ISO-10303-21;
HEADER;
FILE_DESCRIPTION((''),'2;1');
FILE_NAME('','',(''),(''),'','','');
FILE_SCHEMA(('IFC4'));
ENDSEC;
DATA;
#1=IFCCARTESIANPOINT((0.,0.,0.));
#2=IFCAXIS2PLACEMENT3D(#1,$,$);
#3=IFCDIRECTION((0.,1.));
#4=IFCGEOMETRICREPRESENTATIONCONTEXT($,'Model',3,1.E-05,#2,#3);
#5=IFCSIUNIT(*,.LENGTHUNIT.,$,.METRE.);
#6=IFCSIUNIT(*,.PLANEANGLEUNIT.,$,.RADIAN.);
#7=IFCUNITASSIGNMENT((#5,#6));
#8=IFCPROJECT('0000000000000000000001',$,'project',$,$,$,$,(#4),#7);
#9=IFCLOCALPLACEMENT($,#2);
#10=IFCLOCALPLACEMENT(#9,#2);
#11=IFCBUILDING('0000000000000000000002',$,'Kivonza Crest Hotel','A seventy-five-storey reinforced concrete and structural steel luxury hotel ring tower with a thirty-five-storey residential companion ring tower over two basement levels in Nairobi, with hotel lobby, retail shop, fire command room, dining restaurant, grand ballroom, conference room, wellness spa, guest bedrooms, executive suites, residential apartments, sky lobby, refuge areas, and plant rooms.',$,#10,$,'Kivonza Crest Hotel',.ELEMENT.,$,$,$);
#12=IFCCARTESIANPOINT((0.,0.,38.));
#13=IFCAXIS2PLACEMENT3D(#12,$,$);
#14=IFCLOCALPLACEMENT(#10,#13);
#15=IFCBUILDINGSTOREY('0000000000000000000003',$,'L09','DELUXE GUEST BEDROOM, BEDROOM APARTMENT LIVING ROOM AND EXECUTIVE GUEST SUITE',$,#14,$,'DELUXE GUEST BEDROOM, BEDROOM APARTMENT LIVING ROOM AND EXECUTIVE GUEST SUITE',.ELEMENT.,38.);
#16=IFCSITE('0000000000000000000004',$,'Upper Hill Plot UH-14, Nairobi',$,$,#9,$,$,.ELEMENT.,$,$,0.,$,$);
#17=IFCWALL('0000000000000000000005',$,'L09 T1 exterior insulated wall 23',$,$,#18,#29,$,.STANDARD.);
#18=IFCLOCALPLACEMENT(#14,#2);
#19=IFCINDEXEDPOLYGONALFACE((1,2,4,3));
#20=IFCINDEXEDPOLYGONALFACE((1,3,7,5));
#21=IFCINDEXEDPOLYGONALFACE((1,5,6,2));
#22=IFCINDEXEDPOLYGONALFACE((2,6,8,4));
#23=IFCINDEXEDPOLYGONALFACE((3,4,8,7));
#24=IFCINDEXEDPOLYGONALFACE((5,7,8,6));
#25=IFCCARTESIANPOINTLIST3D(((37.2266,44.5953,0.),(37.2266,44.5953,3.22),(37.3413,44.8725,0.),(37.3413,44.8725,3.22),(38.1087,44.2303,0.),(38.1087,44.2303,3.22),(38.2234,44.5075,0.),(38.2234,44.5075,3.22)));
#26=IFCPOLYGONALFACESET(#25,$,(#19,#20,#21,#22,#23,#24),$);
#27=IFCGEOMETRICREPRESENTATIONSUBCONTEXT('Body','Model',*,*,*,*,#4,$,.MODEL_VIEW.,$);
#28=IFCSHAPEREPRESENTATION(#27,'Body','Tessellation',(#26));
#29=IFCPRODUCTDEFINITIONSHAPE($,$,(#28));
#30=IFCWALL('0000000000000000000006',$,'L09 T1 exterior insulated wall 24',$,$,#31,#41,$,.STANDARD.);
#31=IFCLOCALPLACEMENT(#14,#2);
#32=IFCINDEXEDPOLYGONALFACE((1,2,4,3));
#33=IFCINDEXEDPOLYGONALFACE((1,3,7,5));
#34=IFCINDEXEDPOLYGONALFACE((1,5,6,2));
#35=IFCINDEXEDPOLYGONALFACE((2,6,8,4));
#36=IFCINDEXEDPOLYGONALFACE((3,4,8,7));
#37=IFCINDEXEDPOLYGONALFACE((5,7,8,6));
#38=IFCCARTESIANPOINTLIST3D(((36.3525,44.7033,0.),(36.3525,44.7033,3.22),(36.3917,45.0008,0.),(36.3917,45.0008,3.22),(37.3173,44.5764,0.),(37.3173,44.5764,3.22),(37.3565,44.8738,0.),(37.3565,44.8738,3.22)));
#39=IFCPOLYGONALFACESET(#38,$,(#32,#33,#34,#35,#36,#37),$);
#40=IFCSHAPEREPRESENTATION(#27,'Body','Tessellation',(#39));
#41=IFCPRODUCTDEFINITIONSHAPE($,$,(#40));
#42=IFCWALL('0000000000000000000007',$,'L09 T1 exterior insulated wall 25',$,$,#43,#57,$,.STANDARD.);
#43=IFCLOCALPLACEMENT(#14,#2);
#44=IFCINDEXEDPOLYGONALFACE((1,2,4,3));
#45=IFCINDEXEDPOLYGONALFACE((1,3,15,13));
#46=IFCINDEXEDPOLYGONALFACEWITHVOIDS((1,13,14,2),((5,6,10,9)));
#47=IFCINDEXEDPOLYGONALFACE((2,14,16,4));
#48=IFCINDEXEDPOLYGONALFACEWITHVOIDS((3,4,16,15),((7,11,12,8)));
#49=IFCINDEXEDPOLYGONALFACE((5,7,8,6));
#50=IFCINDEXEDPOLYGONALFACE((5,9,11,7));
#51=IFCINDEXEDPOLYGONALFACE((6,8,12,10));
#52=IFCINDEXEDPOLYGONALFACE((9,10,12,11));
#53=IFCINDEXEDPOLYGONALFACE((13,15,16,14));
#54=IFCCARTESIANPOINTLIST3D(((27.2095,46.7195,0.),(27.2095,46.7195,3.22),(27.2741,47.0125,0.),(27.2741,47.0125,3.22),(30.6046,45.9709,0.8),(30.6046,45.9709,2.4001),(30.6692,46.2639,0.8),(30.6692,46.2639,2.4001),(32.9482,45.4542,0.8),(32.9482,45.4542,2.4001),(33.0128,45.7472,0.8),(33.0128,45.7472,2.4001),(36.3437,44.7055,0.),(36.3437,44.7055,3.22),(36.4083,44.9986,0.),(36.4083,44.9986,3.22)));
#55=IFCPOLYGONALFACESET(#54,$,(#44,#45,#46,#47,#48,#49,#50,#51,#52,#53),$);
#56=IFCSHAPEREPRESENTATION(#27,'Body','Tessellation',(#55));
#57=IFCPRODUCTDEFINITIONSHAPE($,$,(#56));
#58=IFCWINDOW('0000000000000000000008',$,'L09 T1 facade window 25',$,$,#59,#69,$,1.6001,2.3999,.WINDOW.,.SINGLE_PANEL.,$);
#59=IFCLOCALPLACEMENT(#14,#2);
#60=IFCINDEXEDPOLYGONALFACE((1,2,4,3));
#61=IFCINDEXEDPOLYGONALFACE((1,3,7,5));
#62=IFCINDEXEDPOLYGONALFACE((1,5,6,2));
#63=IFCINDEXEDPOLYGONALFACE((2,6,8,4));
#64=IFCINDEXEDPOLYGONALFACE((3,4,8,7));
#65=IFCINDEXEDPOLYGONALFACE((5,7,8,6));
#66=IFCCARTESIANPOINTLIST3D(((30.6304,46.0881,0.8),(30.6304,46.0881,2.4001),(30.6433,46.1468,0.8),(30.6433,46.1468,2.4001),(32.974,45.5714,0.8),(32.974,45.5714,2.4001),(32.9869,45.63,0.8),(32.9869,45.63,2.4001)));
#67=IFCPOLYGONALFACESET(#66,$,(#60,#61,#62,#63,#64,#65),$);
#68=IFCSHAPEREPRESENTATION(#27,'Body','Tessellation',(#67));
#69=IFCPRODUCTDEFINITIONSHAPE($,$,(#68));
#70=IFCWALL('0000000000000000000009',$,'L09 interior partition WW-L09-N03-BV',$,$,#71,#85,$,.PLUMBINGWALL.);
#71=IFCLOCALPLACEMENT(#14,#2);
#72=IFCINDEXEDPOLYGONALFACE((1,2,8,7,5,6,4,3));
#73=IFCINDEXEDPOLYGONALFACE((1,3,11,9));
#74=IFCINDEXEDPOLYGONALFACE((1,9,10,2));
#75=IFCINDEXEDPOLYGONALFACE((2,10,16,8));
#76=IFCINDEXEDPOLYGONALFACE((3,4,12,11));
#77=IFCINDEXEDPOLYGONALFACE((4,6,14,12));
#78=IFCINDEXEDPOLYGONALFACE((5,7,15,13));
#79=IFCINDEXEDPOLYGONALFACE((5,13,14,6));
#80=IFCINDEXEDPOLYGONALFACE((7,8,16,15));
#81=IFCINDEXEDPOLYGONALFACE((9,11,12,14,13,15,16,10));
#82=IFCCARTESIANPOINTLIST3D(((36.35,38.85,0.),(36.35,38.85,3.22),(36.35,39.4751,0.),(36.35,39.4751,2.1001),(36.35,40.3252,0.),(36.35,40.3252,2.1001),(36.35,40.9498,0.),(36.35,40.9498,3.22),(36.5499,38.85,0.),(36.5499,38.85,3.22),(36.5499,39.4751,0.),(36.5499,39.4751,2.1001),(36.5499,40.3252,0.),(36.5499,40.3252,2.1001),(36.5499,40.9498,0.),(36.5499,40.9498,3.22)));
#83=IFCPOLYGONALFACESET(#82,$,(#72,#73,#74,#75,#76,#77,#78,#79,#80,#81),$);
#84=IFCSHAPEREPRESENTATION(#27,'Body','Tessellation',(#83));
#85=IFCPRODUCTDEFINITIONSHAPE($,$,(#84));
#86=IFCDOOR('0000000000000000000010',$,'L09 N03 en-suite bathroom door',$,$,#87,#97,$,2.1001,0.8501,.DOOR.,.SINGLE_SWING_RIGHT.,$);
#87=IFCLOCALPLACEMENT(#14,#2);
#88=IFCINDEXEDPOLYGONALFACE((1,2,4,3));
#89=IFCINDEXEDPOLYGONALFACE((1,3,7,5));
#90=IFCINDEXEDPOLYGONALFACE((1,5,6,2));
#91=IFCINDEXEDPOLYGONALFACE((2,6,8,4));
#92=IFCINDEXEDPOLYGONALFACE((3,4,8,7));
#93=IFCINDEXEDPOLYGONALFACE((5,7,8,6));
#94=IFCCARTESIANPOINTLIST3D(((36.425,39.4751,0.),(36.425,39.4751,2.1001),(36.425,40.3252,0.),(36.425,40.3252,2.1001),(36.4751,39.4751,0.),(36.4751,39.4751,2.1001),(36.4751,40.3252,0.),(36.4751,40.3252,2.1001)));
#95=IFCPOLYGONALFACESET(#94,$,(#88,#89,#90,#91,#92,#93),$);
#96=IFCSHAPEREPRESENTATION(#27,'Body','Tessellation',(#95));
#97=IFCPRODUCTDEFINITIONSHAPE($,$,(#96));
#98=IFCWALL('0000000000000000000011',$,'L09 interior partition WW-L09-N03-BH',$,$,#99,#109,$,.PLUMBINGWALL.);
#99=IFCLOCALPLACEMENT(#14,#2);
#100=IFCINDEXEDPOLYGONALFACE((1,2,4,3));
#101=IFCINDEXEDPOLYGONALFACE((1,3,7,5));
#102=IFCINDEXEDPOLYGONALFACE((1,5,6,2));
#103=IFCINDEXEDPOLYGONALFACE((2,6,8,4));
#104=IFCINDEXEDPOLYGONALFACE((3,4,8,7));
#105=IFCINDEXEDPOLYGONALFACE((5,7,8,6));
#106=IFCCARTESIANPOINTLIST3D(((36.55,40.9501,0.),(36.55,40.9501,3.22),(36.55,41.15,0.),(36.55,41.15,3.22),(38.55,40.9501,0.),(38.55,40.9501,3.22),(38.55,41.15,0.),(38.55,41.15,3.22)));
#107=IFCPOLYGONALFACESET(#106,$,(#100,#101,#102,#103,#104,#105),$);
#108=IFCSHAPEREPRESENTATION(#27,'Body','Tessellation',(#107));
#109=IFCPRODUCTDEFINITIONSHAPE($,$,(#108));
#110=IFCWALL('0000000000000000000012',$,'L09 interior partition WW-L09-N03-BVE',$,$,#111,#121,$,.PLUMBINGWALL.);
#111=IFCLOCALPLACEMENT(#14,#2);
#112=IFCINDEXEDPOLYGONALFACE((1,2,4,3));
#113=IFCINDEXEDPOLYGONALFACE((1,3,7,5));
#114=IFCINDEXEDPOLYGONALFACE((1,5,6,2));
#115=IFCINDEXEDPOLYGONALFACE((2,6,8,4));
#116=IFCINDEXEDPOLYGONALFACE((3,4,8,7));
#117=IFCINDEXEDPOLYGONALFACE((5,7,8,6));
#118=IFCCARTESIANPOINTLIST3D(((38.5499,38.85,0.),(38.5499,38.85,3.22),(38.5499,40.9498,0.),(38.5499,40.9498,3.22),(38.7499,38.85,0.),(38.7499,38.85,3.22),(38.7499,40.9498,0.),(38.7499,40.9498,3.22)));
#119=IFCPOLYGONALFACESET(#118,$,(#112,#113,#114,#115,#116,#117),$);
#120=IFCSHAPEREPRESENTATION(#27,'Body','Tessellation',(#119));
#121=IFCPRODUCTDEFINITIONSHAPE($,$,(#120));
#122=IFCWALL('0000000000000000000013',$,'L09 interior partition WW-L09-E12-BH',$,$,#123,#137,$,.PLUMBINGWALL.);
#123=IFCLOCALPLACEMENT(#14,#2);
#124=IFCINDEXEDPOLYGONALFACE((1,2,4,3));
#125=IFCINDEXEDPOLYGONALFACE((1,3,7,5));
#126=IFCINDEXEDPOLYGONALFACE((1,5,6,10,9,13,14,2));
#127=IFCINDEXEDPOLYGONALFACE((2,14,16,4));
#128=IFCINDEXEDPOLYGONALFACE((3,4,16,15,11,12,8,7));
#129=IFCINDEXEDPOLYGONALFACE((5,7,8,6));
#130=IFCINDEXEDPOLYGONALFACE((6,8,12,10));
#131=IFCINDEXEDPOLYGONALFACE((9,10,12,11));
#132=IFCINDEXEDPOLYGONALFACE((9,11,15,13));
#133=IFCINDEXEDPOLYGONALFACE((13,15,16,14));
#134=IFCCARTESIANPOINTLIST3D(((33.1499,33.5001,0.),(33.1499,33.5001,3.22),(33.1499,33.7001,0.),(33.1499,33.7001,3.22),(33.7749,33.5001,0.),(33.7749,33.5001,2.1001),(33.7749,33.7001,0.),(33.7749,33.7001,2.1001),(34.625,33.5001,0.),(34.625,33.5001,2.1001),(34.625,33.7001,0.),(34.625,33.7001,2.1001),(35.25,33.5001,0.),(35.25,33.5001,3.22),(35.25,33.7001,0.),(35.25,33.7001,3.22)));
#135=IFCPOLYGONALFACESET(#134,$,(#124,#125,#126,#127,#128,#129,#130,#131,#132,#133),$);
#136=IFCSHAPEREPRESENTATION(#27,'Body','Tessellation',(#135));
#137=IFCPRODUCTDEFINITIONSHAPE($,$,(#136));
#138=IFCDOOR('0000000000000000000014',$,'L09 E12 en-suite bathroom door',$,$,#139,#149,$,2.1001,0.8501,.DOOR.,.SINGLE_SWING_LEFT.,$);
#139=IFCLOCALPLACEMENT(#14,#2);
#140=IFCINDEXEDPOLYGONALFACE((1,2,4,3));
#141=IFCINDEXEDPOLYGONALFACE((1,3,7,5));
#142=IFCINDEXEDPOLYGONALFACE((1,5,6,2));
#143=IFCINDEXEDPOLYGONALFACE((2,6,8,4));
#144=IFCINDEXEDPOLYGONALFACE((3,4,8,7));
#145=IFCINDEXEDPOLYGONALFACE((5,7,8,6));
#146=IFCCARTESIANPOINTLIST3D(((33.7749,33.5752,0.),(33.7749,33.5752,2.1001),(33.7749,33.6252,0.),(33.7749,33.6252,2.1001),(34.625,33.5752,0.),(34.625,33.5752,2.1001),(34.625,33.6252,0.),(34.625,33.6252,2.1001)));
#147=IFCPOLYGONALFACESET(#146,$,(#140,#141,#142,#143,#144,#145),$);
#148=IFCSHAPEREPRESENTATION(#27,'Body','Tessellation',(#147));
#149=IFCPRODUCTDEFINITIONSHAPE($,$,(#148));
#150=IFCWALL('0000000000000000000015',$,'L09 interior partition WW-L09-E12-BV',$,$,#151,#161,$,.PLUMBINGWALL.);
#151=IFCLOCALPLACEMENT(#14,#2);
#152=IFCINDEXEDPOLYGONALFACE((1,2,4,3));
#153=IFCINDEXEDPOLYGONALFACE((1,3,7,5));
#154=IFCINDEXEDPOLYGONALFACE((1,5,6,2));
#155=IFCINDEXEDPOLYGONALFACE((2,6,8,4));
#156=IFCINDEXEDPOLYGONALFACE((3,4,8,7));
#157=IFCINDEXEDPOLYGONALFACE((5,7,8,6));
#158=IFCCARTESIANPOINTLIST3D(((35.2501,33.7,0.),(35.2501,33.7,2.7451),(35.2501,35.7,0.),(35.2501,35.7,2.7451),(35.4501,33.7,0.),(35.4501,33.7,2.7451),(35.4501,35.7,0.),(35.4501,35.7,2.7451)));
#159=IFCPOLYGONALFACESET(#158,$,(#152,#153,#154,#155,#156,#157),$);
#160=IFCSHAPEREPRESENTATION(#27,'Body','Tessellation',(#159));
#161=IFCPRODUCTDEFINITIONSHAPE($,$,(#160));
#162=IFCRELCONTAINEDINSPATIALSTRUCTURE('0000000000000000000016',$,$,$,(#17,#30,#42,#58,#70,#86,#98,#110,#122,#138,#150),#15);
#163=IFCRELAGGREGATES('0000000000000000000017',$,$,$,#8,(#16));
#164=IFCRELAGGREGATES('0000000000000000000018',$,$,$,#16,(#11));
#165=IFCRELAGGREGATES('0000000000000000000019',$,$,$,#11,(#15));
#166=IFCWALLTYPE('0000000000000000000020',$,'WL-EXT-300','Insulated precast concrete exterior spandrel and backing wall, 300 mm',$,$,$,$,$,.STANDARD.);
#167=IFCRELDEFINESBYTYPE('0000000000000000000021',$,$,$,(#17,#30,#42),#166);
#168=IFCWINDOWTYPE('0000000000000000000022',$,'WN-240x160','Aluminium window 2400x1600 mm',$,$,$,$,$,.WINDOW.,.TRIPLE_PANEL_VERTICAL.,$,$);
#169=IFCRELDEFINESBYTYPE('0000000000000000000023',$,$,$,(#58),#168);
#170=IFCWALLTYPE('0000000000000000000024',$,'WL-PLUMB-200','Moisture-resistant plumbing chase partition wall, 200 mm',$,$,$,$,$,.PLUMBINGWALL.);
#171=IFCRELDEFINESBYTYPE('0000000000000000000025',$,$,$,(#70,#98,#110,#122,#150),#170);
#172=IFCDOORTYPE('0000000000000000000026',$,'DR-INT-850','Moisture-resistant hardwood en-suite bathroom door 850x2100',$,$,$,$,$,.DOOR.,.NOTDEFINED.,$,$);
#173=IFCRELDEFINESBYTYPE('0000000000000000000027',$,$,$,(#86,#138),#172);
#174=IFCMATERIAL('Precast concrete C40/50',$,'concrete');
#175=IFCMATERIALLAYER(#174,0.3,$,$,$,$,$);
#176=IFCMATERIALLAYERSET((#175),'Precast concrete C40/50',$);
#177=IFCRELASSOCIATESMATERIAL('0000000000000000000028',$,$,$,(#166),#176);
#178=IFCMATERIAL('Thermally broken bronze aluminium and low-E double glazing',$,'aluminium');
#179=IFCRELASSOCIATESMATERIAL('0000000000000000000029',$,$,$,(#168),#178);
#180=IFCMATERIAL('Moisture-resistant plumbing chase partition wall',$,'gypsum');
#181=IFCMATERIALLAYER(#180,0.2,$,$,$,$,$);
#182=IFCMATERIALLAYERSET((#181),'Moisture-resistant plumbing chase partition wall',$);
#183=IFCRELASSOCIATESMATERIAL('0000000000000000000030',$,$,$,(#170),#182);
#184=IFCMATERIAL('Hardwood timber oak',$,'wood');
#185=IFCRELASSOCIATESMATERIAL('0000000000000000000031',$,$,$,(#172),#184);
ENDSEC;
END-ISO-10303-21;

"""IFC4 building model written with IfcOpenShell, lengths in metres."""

from ifc_helpers import new_model, si_unit, direction, frame, frame_2d, origin, place, context, subcontext, project, spatial, rectangle, extrude, material, layer, layer_set, type_object, element, fill, save


model = new_model("IFC4")

# Units and contexts
model_context = context("Model", 3, precision=1e-05, world=origin(), true_north=direction((0.0, 1.0)))
body_context = subcontext(model_context, "Body", "Model", "MODEL_VIEW")
ifc_project = project(units=[si_unit("LENGTHUNIT", "METRE"), si_unit("PLANEANGLEUNIT", "RADIAN")], contexts=[model_context])

# Site, building, storey
site_placement = place(None, origin())
site = spatial("IfcSite", under=ifc_project, at=site_placement, Name="Upper Hill Plot UH-14, Nairobi", CompositionType="ELEMENT", RefElevation=0.0)
building_placement = place(site_placement, origin())
building = spatial("IfcBuilding", under=site, at=building_placement, Name="Kivonza Crest Hotel", Description="A seventy-five-storey reinforced concrete and structural steel luxury hotel ring tower with a thirty-five-storey residential companion ring tower over two basement levels in Nairobi, with hotel lobby, retail shop, fire command room, dining restaurant, grand ballroom, conference room, wellness spa, guest bedrooms, executive suites, residential apartments, sky lobby, refuge areas, and plant rooms.", LongName="Kivonza Crest Hotel", CompositionType="ELEMENT")
storey_placement = place(building_placement, frame((0.0, 0.0, 38.0)))
storey = spatial("IfcBuildingStorey", under=building, at=storey_placement, Name="L09", Description="DELUXE GUEST BEDROOM, BEDROOM APARTMENT LIVING ROOM AND EXECUTIVE GUEST SUITE", LongName="DELUXE GUEST BEDROOM, BEDROOM APARTMENT LIVING ROOM AND EXECUTIVE GUEST SUITE", CompositionType="ELEMENT", Elevation=38.0)

# Walls
ifc_material_1 = material(Name="Precast concrete C40/50", Category="concrete")
ifc_layer_1 = layer(ifc_material_1, 0.3)
ifc_layer_set_1 = layer_set([ifc_layer_1], Name="Precast concrete C40/50")
wall_type_1 = type_object("IfcWallType", Name="WL-EXT-300", Description="Insulated precast concrete exterior spandrel and backing wall, 300 mm", PredefinedType="STANDARD", material=ifc_layer_set_1)
wall_1_placement = place(storey_placement, frame((38.166, 44.3689, 0.0), z_axis=(0.0, 0.0, 1.0), x_axis=(-0.92402, 0.382344, 0.0)))
element("IfcWall", 1, at=wall_1_placement, inside=storey, type_object=wall_type_1, Name="L09 T1 exterior insulated wall 23", PredefinedType="STANDARD", context=body_context, shape_type="SweptSolid", body=[
    extrude(rectangle(XDim=0.9546, YDim=0.3, at=frame_2d((0.4773, 0.0))), origin(), (0.0, 0.0, 1.0), 3.22),
])
wall_2_placement = place(storey_placement, frame((37.3369, 44.7251, 0.0), z_axis=(0.0, 0.0, 1.0), x_axis=(-0.991454, 0.130455, 0.0)))
element("IfcWall", 2, at=wall_2_placement, inside=storey, type_object=wall_type_1, Name="L09 T1 exterior insulated wall 24", PredefinedType="STANDARD", context=body_context, shape_type="SweptSolid", body=[
    extrude(rectangle(XDim=0.9731, YDim=0.3, at=frame_2d((0.4866, 0.0))), origin(), (0.0, 0.0, 1.0), 3.22),
])

# Wall, opening, window
wall_3_placement = place(storey_placement, frame((36.376, 44.8521, 0.0), z_axis=(0.0, 0.0, 1.0), x_axis=(-0.976545, 0.215313, 0.0)))
wall_3 = element("IfcWall", 3, at=wall_3_placement, inside=storey, type_object=wall_type_1, Name="L09 T1 exterior insulated wall 25", PredefinedType="STANDARD", context=body_context, shape_type="SweptSolid", body=[
    extrude(rectangle(XDim=9.3535, YDim=0.3, at=frame_2d((4.6768, 0.0))), origin(), (0.0, 0.0, 1.0), 3.22),
])
opening_1_placement = place(wall_3_placement, frame((3.4771, 0.0, 0.8)))
opening_1 = element("IfcOpeningElement", 4, at=opening_1_placement, cuts=wall_3, PredefinedType="OPENING", context=body_context, shape_type="SweptSolid", body=[
    extrude(rectangle(XDim=2.3999, YDim=1.6001, at=frame_2d((1.2, 0.8))), frame((0.0, 0.1602, 0.0), z_axis=(0.0, -1.0, 0.0), x_axis=(1.0, 0.0, 0.0)), (0.0, 0.0, 1.0), 0.3201),
])
ifc_material_2 = material(Name="Thermally broken bronze aluminium and low-E double glazing", Category="aluminium")
window_type = type_object("IfcWindowType", Name="WN-240x160", Description="Aluminium window 2400x1600 mm", PartitioningType="TRIPLE_PANEL_VERTICAL", PredefinedType="WINDOW", material=ifc_material_2)
window_placement = place(opening_1_placement, origin())
window = element("IfcWindow", 5, at=window_placement, inside=storey, type_object=window_type, Name="L09 T1 facade window 25", OverallHeight=1.6001, OverallWidth=2.3999, PartitioningType="SINGLE_PANEL", PredefinedType="WINDOW", context=body_context, shape_type="SweptSolid", body=[
    extrude(rectangle(XDim=2.3999, YDim=1.6001, at=frame_2d((1.2, 0.8))), frame((0.0, 0.03, 0.0), z_axis=(0.0, -1.0, 0.0), x_axis=(1.0, 0.0, 0.0)), (0.0, 0.0, 1.0), 0.0601),
])
fill(opening_1, window)

# Wall, opening, door
ifc_material_3 = material(Name="Moisture-resistant plumbing chase partition wall", Category="gypsum")
ifc_layer_2 = layer(ifc_material_3, 0.2)
ifc_layer_set_2 = layer_set([ifc_layer_2], Name="Moisture-resistant plumbing chase partition wall")
wall_type_2 = type_object("IfcWallType", Name="WL-PLUMB-200", Description="Moisture-resistant plumbing chase partition wall, 200 mm", PredefinedType="PLUMBINGWALL", material=ifc_layer_set_2)
wall_4_placement = place(storey_placement, frame((36.45, 38.8501, 0.0), z_axis=(0.0, 0.0, 1.0), x_axis=(0.0, 1.0, 0.0)))
wall_4 = element("IfcWall", 6, at=wall_4_placement, inside=storey, type_object=wall_type_2, Name="L09 interior partition WW-L09-N03-BV", PredefinedType="PLUMBINGWALL", context=body_context, shape_type="SweptSolid", body=[
    extrude(rectangle(XDim=2.0999, YDim=0.2, at=frame_2d((1.0498, 0.0))), origin(), (0.0, 0.0, 1.0), 3.22),
])
opening_2_placement = place(wall_4_placement, frame((0.625, 0.0, 0.0)))
opening_2 = element("IfcOpeningElement", 7, at=opening_2_placement, cuts=wall_4, PredefinedType="OPENING", context=body_context, shape_type="SweptSolid", body=[
    extrude(rectangle(XDim=0.8501, YDim=2.1001, at=frame_2d((0.425, 1.05))), frame((0.0, 0.1099, 0.0), z_axis=(0.0, -1.0, 0.0), x_axis=(1.0, 0.0, 0.0)), (0.0, 0.0, 1.0), 0.22),
])
ifc_material_4 = material(Name="Hardwood timber oak", Category="wood")
door_type = type_object("IfcDoorType", Name="DR-INT-850", Description="Moisture-resistant hardwood en-suite bathroom door 850x2100", OperationType="NOTDEFINED", PredefinedType="DOOR", material=ifc_material_4)
door_1_placement = place(opening_2_placement, origin())
door_1 = element("IfcDoor", 8, at=door_1_placement, inside=storey, type_object=door_type, Name="L09 N03 en-suite bathroom door", OperationType="SINGLE_SWING_RIGHT", OverallHeight=2.1001, OverallWidth=0.8501, PredefinedType="DOOR", context=body_context, shape_type="SweptSolid", body=[
    extrude(rectangle(XDim=0.8501, YDim=2.1001, at=frame_2d((0.425, 1.05))), frame((0.0, 0.0249, 0.0), z_axis=(0.0, -1.0, 0.0), x_axis=(1.0, 0.0, 0.0)), (0.0, 0.0, 1.0), 0.05),
])
fill(opening_2, door_1)

# Walls
wall_5_placement = place(storey_placement, frame((36.55, 41.05, 0.0), z_axis=(0.0, 0.0, 1.0), x_axis=(1.0, 0.0, 0.0)))
element("IfcWall", 9, at=wall_5_placement, inside=storey, type_object=wall_type_2, Name="L09 interior partition WW-L09-N03-BH", PredefinedType="PLUMBINGWALL", context=body_context, shape_type="SweptSolid", body=[
    extrude(rectangle(XDim=2.0, YDim=0.2, at=frame_2d((1.0, 0.0))), origin(), (0.0, 0.0, 1.0), 3.22),
])
wall_6_placement = place(storey_placement, frame((38.6499, 38.8501, 0.0), z_axis=(0.0, 0.0, 1.0), x_axis=(0.0, 1.0, 0.0)))
element("IfcWall", 10, at=wall_6_placement, inside=storey, type_object=wall_type_2, Name="L09 interior partition WW-L09-N03-BVE", PredefinedType="PLUMBINGWALL", context=body_context, shape_type="SweptSolid", body=[
    extrude(rectangle(XDim=2.0999, YDim=0.2, at=frame_2d((1.0498, 0.0))), origin(), (0.0, 0.0, 1.0), 3.22),
])

# Wall, opening, door
wall_7_placement = place(storey_placement, frame((33.1499, 33.6001, 0.0), z_axis=(0.0, 0.0, 1.0), x_axis=(1.0, 0.0, 0.0)))
wall_7 = element("IfcWall", 11, at=wall_7_placement, inside=storey, type_object=wall_type_2, Name="L09 interior partition WW-L09-E12-BH", PredefinedType="PLUMBINGWALL", context=body_context, shape_type="SweptSolid", body=[
    extrude(rectangle(XDim=2.1001, YDim=0.2, at=frame_2d((1.05, 0.0))), origin(), (0.0, 0.0, 1.0), 3.22),
])
opening_3_placement = place(wall_7_placement, frame((0.625, 0.0, 0.0)))
opening_3 = element("IfcOpeningElement", 12, at=opening_3_placement, cuts=wall_7, PredefinedType="OPENING", context=body_context, shape_type="SweptSolid", body=[
    extrude(rectangle(XDim=0.8501, YDim=2.1001, at=frame_2d((0.425, 1.05))), frame((0.0, 0.1099, 0.0), z_axis=(0.0, -1.0, 0.0), x_axis=(1.0, 0.0, 0.0)), (0.0, 0.0, 1.0), 0.22),
])
door_2_placement = place(opening_3_placement, frame((0.8501, 0.0, 0.0), z_axis=(0.0, 0.0, 1.0), x_axis=(-1.0, 0.0, 0.0)))
door_2 = element("IfcDoor", 13, at=door_2_placement, inside=storey, type_object=door_type, Name="L09 E12 en-suite bathroom door", OperationType="SINGLE_SWING_LEFT", OverallHeight=2.1001, OverallWidth=0.8501, PredefinedType="DOOR", context=body_context, shape_type="SweptSolid", body=[
    extrude(rectangle(XDim=0.8501, YDim=2.1001, at=frame_2d((0.425, 1.05))), frame((0.0, 0.0249, 0.0), z_axis=(0.0, -1.0, 0.0), x_axis=(1.0, 0.0, 0.0)), (0.0, 0.0, 1.0), 0.05),
])
fill(opening_3, door_2)

# Wall
wall_8_placement = place(storey_placement, frame((35.3501, 33.7, 0.0), z_axis=(0.0, 0.0, 1.0), x_axis=(0.0, 1.0, 0.0)))
element("IfcWall", 14, at=wall_8_placement, inside=storey, type_object=wall_type_2, Name="L09 interior partition WW-L09-E12-BV", PredefinedType="PLUMBINGWALL", context=body_context, shape_type="SweptSolid", body=[
    extrude(rectangle(XDim=2.0, YDim=0.2, at=frame_2d((1.0, 0.0))), origin(), (0.0, 0.0, 1.0), 2.7451),
])

save(model, "model.ifc")
